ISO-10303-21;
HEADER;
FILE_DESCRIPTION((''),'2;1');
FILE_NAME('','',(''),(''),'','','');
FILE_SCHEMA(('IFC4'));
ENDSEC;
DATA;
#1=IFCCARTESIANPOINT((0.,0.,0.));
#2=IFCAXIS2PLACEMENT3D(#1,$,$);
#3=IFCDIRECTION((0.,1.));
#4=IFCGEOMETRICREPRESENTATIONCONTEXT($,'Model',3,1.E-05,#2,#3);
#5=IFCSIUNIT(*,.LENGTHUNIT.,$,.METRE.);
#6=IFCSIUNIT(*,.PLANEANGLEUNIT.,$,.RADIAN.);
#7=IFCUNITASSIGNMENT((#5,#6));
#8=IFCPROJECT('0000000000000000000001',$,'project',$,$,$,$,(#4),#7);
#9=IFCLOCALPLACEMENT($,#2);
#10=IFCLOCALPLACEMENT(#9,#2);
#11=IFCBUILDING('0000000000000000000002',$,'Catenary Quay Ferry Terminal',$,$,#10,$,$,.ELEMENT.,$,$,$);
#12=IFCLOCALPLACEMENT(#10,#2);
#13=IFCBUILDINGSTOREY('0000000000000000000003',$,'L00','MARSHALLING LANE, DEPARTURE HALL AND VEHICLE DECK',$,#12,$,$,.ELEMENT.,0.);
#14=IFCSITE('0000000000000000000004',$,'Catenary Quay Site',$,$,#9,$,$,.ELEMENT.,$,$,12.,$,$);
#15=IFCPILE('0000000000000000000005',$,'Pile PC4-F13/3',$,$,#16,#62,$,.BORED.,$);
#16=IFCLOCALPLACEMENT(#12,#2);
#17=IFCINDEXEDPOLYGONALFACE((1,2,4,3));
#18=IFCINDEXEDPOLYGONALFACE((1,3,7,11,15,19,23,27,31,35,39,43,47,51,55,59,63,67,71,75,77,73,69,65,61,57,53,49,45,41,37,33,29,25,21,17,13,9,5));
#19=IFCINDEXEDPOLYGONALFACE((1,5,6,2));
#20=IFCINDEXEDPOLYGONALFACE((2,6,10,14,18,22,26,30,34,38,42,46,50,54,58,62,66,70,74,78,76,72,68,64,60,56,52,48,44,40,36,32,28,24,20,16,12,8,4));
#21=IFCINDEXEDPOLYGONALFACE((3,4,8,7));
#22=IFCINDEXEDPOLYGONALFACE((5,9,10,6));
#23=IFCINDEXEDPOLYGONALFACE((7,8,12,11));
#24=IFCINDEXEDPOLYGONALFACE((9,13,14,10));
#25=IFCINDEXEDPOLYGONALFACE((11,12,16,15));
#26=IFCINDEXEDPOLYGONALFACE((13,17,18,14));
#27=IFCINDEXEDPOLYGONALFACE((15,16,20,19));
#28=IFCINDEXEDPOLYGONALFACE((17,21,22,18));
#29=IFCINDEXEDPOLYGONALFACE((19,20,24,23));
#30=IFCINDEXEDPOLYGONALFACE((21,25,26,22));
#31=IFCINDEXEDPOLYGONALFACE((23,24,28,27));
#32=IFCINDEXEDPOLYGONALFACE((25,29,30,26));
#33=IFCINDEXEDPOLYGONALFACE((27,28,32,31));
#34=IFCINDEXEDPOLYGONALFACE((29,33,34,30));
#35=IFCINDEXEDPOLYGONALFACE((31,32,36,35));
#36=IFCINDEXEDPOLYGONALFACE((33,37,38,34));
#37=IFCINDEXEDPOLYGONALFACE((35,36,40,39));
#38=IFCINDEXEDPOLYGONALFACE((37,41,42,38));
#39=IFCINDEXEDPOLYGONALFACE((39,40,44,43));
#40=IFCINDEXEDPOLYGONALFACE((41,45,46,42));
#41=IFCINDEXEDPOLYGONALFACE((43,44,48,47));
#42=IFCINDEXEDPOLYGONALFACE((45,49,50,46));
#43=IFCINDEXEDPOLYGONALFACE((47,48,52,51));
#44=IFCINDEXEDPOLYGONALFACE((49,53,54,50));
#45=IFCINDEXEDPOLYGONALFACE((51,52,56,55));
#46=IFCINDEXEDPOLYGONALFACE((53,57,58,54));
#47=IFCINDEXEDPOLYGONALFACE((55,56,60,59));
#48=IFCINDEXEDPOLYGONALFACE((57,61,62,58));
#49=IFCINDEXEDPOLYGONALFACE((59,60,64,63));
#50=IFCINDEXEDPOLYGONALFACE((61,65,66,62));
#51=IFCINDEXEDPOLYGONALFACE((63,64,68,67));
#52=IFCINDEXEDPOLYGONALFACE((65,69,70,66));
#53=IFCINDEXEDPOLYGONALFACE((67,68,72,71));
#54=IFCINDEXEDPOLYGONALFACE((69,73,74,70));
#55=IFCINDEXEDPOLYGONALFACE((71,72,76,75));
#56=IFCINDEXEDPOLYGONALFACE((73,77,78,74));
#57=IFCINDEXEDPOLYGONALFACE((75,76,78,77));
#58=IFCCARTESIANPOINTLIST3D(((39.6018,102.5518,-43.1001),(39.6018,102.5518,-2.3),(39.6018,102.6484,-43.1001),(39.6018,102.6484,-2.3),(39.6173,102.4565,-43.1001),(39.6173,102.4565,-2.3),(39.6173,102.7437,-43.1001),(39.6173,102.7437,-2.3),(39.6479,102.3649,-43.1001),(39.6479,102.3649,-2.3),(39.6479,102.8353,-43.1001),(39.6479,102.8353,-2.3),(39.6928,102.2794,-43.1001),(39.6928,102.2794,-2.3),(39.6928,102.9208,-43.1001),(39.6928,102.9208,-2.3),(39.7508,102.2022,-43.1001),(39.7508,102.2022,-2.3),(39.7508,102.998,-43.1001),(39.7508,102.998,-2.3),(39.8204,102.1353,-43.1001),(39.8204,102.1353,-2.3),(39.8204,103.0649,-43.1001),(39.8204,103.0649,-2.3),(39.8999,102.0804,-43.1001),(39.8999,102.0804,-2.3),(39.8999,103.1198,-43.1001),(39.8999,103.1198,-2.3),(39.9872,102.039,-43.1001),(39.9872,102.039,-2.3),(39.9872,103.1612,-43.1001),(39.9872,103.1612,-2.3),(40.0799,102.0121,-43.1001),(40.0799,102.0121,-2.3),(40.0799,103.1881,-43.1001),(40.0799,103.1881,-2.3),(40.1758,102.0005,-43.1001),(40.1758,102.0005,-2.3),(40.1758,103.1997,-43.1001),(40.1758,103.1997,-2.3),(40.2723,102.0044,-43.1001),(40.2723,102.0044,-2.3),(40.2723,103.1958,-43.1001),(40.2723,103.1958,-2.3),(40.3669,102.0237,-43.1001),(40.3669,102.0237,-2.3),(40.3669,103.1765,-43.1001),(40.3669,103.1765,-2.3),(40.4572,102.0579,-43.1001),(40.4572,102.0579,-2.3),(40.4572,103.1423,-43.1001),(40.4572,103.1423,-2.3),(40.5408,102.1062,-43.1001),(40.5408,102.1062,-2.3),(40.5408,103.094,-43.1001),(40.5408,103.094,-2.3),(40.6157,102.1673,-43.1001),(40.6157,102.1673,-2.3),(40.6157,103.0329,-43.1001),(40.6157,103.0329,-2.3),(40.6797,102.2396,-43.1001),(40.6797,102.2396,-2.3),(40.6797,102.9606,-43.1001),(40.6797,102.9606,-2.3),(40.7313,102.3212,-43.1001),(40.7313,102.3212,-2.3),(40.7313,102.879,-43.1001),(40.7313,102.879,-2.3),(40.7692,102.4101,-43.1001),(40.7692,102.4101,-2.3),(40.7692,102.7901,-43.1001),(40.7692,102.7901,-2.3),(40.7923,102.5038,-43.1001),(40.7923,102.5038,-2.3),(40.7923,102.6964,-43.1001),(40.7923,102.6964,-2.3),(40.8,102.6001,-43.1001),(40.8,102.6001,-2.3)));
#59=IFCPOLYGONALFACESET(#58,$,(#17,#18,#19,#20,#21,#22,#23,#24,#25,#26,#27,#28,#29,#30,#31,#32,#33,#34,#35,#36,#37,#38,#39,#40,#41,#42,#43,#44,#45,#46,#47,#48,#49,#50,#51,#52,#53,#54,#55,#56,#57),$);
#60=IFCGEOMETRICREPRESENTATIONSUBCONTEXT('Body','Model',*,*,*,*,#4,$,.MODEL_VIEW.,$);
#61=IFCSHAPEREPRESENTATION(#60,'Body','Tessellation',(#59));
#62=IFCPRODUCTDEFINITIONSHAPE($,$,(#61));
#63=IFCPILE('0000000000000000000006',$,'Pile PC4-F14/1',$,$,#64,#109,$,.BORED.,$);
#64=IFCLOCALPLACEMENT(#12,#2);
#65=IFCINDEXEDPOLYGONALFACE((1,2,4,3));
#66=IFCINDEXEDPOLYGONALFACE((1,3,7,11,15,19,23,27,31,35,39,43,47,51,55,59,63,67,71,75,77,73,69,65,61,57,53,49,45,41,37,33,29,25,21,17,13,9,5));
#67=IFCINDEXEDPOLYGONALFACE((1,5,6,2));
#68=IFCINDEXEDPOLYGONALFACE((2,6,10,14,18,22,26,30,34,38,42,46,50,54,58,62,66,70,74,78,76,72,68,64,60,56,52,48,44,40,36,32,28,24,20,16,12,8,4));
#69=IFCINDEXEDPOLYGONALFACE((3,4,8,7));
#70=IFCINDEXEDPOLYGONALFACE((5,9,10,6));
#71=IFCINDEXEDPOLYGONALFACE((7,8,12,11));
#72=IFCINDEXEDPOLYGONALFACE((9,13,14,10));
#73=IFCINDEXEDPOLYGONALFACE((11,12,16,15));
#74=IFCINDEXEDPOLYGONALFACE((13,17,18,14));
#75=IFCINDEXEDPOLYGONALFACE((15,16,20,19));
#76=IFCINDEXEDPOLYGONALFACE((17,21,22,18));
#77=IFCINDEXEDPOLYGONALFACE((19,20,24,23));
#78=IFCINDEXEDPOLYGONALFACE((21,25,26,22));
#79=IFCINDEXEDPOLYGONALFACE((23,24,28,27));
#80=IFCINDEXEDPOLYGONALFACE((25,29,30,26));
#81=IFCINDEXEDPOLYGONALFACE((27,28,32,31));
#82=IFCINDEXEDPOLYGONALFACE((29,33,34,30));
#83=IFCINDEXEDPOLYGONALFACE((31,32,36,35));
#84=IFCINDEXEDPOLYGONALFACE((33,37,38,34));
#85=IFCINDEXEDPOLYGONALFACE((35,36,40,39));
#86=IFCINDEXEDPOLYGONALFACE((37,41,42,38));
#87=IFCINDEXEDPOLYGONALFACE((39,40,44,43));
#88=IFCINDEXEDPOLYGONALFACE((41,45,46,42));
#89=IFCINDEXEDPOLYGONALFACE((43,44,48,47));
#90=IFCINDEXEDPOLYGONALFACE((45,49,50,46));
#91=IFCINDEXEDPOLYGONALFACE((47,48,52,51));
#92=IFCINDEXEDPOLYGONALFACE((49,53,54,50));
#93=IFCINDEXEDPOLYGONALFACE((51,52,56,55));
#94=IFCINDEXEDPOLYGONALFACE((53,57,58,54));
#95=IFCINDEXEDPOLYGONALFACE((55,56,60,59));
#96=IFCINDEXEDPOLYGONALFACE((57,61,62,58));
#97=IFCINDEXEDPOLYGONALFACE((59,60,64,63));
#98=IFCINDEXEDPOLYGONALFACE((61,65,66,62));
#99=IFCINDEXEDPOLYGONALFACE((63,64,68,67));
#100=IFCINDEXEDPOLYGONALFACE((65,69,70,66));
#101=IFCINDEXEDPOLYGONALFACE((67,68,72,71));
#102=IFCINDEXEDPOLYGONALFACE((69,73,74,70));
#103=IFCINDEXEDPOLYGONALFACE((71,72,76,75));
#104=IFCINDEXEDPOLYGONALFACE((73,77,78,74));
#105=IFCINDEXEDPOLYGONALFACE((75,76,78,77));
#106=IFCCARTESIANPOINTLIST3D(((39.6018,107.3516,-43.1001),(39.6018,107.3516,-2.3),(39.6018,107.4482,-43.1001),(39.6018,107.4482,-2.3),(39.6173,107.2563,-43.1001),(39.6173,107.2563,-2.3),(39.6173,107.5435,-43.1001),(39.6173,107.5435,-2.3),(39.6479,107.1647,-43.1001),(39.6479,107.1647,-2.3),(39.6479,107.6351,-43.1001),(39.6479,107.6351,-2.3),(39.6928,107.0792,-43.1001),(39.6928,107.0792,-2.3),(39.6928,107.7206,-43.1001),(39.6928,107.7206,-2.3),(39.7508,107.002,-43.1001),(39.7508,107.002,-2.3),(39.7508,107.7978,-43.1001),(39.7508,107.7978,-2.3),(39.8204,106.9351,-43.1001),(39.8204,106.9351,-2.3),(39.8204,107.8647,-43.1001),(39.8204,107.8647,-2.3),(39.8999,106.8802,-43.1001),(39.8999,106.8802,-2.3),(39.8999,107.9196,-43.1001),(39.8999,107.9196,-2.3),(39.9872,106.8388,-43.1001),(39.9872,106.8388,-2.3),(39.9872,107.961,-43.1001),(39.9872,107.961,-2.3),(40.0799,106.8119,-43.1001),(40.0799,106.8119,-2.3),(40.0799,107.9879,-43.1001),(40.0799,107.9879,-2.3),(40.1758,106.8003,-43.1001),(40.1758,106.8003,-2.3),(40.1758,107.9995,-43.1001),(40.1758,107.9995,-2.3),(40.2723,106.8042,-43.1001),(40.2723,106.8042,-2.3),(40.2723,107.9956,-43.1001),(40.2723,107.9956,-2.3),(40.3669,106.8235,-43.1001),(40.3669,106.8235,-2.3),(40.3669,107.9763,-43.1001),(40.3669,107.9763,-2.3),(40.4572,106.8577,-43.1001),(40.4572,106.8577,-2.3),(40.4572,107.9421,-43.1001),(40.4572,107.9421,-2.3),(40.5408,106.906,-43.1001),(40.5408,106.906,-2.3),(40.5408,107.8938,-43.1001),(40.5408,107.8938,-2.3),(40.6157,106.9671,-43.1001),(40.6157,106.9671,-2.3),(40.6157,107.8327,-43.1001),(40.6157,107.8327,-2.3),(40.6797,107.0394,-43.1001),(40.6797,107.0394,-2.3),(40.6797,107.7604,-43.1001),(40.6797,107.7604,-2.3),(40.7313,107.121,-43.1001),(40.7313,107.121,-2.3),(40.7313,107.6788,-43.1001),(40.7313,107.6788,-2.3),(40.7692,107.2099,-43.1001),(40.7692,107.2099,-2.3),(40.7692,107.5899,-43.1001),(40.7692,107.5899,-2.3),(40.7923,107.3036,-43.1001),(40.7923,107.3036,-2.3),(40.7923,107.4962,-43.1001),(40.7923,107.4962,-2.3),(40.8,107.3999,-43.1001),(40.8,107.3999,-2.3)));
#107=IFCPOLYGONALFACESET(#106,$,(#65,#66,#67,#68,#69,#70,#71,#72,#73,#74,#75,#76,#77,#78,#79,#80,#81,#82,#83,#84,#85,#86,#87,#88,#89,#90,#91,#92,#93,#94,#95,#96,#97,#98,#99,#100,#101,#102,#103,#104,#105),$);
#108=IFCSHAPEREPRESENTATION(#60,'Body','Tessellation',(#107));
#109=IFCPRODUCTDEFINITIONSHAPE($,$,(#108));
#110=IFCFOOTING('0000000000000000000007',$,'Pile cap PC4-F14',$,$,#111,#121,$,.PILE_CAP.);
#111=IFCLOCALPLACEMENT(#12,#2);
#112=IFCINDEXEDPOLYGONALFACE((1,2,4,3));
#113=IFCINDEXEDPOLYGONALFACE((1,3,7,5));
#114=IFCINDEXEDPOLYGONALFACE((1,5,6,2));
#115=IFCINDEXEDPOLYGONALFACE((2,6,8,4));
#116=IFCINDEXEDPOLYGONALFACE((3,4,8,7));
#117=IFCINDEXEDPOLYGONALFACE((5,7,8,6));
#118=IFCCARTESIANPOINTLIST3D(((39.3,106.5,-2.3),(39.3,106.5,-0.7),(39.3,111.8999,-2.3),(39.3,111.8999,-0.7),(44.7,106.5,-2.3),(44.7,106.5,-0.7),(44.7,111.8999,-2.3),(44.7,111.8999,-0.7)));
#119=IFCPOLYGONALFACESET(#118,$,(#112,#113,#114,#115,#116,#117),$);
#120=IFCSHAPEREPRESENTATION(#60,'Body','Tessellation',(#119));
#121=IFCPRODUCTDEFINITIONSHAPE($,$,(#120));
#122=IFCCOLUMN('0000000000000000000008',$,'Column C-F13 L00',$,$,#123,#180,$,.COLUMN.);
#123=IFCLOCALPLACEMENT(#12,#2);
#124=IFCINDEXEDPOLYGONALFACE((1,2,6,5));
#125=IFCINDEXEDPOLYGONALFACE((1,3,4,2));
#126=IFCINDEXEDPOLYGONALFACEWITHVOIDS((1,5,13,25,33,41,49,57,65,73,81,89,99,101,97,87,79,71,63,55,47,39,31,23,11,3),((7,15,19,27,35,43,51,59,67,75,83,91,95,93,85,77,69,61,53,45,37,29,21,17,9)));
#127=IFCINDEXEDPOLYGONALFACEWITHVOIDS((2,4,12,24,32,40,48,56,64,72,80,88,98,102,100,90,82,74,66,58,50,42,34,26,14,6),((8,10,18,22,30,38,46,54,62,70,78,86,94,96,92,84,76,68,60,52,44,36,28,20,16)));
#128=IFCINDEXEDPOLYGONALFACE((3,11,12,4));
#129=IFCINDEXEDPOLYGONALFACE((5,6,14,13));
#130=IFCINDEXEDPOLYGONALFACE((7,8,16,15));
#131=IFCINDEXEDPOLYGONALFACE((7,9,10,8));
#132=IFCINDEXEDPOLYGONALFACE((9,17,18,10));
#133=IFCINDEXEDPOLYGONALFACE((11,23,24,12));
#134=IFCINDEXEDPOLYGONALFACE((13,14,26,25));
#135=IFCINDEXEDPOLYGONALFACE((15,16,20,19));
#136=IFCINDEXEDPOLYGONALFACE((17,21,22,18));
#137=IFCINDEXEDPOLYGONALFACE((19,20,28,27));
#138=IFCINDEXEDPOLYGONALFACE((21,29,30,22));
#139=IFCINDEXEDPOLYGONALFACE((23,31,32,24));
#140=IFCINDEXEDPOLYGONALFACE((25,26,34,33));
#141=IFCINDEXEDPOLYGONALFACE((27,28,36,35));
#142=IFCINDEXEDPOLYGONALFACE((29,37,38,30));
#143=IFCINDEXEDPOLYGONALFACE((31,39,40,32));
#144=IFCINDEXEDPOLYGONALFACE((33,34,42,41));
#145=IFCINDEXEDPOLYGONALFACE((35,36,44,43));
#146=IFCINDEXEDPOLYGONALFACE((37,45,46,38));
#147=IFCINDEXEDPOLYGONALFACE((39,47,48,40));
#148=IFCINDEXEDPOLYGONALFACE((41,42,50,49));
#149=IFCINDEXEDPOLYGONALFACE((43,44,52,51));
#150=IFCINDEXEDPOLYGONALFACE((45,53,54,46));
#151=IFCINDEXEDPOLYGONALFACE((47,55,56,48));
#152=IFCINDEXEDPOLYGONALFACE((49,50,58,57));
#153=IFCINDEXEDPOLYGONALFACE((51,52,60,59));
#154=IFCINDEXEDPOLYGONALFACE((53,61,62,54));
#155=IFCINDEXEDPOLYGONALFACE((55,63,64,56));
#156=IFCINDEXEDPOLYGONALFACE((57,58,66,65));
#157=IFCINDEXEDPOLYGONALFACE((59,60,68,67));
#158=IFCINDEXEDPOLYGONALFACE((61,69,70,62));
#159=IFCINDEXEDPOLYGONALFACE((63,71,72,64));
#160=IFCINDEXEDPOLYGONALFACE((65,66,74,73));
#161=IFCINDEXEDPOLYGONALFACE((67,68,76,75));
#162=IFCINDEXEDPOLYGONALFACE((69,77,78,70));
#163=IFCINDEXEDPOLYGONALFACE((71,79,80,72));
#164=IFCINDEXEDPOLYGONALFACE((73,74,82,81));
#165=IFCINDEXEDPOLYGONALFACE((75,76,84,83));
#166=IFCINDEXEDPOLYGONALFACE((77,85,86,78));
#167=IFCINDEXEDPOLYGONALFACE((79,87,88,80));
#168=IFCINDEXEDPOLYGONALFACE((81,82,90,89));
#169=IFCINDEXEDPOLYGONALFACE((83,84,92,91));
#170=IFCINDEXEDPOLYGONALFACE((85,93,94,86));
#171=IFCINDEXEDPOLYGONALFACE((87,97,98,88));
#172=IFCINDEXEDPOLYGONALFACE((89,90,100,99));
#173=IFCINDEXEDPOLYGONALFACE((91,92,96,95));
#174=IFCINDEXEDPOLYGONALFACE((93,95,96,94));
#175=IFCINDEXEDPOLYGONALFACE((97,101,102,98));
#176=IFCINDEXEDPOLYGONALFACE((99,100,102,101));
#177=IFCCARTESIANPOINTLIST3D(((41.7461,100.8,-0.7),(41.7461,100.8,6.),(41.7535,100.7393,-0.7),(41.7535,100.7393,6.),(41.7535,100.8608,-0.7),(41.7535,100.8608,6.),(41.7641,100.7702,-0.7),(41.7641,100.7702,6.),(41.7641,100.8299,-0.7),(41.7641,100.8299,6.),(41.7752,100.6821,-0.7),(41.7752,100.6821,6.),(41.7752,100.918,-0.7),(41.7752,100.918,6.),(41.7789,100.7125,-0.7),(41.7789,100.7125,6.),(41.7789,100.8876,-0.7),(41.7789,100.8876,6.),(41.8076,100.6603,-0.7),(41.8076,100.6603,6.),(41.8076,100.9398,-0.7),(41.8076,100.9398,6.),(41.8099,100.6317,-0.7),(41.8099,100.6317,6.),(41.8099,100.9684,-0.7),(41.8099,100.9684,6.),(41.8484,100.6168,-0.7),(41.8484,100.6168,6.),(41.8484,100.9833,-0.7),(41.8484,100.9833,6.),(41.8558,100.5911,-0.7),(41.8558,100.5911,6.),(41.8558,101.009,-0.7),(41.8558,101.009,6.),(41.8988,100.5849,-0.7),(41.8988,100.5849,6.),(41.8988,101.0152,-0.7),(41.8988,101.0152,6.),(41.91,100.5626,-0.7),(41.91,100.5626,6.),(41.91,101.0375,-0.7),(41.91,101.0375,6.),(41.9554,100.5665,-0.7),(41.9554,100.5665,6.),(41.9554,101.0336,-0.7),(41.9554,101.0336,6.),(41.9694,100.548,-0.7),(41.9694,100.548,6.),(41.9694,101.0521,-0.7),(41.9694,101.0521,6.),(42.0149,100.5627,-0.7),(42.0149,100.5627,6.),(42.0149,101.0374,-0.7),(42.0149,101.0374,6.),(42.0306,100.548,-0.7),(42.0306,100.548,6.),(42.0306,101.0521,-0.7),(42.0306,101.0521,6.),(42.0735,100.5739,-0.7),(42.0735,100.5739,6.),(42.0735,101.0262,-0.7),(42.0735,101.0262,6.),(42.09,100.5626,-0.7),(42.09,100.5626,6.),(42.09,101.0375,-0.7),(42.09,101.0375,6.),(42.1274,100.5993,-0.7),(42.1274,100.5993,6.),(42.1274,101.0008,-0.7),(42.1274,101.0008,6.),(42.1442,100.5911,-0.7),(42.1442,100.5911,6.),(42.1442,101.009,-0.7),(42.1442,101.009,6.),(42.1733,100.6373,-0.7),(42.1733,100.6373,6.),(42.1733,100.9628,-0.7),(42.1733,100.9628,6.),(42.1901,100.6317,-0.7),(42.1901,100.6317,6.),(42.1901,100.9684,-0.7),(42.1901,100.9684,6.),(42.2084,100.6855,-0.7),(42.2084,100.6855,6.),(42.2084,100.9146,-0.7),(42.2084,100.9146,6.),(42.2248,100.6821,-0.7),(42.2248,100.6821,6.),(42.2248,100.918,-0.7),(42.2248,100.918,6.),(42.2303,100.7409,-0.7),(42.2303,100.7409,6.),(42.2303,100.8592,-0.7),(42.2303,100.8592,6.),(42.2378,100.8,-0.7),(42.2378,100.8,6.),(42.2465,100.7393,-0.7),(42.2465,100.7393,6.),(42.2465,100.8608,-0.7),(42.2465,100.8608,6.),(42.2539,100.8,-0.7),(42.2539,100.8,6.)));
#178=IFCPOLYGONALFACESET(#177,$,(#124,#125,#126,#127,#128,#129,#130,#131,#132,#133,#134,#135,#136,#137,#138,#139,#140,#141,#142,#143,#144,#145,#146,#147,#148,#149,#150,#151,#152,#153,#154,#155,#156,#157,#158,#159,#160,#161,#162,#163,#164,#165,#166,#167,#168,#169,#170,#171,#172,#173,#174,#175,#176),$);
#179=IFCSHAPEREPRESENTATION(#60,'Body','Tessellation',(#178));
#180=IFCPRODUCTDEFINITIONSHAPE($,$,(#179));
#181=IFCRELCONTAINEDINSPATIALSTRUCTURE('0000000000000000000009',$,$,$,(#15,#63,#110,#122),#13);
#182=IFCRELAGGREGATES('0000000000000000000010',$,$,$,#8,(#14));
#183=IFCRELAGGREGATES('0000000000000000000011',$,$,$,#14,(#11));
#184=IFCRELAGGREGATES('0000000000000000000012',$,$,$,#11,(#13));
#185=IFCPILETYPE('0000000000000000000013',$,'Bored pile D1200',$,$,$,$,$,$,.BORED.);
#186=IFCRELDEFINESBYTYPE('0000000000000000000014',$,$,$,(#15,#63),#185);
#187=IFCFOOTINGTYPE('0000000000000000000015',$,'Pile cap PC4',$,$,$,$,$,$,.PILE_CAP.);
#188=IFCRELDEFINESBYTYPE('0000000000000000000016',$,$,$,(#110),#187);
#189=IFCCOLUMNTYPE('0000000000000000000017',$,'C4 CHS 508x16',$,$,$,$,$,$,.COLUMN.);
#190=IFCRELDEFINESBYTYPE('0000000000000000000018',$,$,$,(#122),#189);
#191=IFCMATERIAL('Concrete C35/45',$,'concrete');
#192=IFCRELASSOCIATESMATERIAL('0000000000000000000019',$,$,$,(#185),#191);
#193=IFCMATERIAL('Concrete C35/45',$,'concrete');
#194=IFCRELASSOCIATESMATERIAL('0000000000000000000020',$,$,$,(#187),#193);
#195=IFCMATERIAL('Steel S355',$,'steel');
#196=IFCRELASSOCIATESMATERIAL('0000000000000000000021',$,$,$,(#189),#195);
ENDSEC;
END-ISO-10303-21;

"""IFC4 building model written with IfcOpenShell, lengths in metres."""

from ifc_helpers import new_model, si_unit, direction, frame, origin, origin_2d, place, context, subcontext, project, spatial, rectangle, circle, hollow_circle, extrude, material, material_profile, profile_set, type_object, element, save


model = new_model("IFC4")

# Units and contexts
model_context = context("Model", 3, precision=1e-05, world=origin(), true_north=direction((0.0, 1.0)))
body_context = subcontext(model_context, "Body", "Model", "MODEL_VIEW")
ifc_project = project(units=[si_unit("LENGTHUNIT", "METRE"), si_unit("PLANEANGLEUNIT", "RADIAN")], contexts=[model_context])

# Site, building, storey
site_placement = place(None, origin())
site = spatial("IfcSite", under=ifc_project, at=site_placement, Name="Catenary Quay Site", CompositionType="ELEMENT", RefElevation=12.0)
building_placement = place(site_placement, origin())
building = spatial("IfcBuilding", under=site, at=building_placement, Name="Catenary Quay Ferry Terminal", CompositionType="ELEMENT")
storey_placement = place(building_placement, origin())
storey = spatial("IfcBuildingStorey", under=building, at=storey_placement, Name="L00", Description="MARSHALLING LANE, DEPARTURE HALL AND VEHICLE DECK", CompositionType="ELEMENT", Elevation=0.0)

# Piles
ifc_material_1 = material(Name="Concrete C35/45", Category="concrete")
ifc_material_profile_1 = material_profile(ifc_material_1, circle(Radius=0.6001, at=origin_2d()), Name="D1200")
ifc_profile_set_1 = profile_set([ifc_material_profile_1], Name="Concrete C35/45")
pile_type = type_object("IfcPileType", Name="Bored pile D1200", PredefinedType="BORED", material=ifc_profile_set_1)
for number, where, z_axis, x_axis, name in (
    (1, (40.2, 102.6001, -2.3), (0.0, 0.0, -1.0), (1.0, 0.0, 0.0), "Pile PC4-F13/3"),
    (2, (40.2, 107.3999, -2.3), (0.0, 0.0, -1.0), (1.0, 0.0, 0.0), "Pile PC4-F14/1"),
):
    element("IfcPile", number, at=place(storey_placement, frame(where, z_axis=z_axis, x_axis=x_axis)), inside=storey, type_object=pile_type, Name=name, PredefinedType="BORED", context=body_context, shape_type="SweptSolid", body=[
        extrude(circle(Radius=0.6001, at=origin_2d()), origin(), (0.0, 0.0, 1.0), 40.8),
    ])

# Footing
ifc_material_2 = material(Name="Concrete C35/45", Category="concrete")
footing_type = type_object("IfcFootingType", Name="Pile cap PC4", PredefinedType="PILE_CAP", material=ifc_material_2)
footing_placement = place(storey_placement, frame((42.0, 109.2, -2.3), z_axis=(0.0, 0.0, 1.0), x_axis=(1.0, 0.0, 0.0)))
element("IfcFooting", 3, at=footing_placement, inside=storey, type_object=footing_type, Name="Pile cap PC4-F14", PredefinedType="PILE_CAP", context=body_context, shape_type="SweptSolid", body=[
    extrude(rectangle(XDim=5.3999, YDim=5.3999, at=origin_2d()), origin(), (0.0, 0.0, 1.0), 1.6001),
])

# Column
ifc_material_3 = material(Name="Steel S355", Category="steel")
ifc_material_profile_2 = material_profile(ifc_material_3, hollow_circle(Radius=0.2539, WallThickness=0.0161, at=origin_2d()), Name="CHS 508x16")
ifc_profile_set_2 = profile_set([ifc_material_profile_2], Name="Steel S355")
column_type = type_object("IfcColumnType", Name="C4 CHS 508x16", PredefinedType="COLUMN", material=ifc_profile_set_2)
for number, where, z_axis, x_axis, name in (
    (4, (42.0, 100.8, -0.7), (0.0, 0.0, 1.0), (1.0, 0.0, 0.0), "Column C-F13 L00"),
):
    element("IfcColumn", number, at=place(storey_placement, frame(where, z_axis=z_axis, x_axis=x_axis)), inside=storey, type_object=column_type, Name=name, PredefinedType="COLUMN", context=body_context, shape_type="SweptSolid", body=[
        extrude(hollow_circle(Radius=0.2539, WallThickness=0.0161, at=origin_2d()), origin(), (0.0, 0.0, 1.0), 6.7),
    ])

save(model, "model.ifc")
